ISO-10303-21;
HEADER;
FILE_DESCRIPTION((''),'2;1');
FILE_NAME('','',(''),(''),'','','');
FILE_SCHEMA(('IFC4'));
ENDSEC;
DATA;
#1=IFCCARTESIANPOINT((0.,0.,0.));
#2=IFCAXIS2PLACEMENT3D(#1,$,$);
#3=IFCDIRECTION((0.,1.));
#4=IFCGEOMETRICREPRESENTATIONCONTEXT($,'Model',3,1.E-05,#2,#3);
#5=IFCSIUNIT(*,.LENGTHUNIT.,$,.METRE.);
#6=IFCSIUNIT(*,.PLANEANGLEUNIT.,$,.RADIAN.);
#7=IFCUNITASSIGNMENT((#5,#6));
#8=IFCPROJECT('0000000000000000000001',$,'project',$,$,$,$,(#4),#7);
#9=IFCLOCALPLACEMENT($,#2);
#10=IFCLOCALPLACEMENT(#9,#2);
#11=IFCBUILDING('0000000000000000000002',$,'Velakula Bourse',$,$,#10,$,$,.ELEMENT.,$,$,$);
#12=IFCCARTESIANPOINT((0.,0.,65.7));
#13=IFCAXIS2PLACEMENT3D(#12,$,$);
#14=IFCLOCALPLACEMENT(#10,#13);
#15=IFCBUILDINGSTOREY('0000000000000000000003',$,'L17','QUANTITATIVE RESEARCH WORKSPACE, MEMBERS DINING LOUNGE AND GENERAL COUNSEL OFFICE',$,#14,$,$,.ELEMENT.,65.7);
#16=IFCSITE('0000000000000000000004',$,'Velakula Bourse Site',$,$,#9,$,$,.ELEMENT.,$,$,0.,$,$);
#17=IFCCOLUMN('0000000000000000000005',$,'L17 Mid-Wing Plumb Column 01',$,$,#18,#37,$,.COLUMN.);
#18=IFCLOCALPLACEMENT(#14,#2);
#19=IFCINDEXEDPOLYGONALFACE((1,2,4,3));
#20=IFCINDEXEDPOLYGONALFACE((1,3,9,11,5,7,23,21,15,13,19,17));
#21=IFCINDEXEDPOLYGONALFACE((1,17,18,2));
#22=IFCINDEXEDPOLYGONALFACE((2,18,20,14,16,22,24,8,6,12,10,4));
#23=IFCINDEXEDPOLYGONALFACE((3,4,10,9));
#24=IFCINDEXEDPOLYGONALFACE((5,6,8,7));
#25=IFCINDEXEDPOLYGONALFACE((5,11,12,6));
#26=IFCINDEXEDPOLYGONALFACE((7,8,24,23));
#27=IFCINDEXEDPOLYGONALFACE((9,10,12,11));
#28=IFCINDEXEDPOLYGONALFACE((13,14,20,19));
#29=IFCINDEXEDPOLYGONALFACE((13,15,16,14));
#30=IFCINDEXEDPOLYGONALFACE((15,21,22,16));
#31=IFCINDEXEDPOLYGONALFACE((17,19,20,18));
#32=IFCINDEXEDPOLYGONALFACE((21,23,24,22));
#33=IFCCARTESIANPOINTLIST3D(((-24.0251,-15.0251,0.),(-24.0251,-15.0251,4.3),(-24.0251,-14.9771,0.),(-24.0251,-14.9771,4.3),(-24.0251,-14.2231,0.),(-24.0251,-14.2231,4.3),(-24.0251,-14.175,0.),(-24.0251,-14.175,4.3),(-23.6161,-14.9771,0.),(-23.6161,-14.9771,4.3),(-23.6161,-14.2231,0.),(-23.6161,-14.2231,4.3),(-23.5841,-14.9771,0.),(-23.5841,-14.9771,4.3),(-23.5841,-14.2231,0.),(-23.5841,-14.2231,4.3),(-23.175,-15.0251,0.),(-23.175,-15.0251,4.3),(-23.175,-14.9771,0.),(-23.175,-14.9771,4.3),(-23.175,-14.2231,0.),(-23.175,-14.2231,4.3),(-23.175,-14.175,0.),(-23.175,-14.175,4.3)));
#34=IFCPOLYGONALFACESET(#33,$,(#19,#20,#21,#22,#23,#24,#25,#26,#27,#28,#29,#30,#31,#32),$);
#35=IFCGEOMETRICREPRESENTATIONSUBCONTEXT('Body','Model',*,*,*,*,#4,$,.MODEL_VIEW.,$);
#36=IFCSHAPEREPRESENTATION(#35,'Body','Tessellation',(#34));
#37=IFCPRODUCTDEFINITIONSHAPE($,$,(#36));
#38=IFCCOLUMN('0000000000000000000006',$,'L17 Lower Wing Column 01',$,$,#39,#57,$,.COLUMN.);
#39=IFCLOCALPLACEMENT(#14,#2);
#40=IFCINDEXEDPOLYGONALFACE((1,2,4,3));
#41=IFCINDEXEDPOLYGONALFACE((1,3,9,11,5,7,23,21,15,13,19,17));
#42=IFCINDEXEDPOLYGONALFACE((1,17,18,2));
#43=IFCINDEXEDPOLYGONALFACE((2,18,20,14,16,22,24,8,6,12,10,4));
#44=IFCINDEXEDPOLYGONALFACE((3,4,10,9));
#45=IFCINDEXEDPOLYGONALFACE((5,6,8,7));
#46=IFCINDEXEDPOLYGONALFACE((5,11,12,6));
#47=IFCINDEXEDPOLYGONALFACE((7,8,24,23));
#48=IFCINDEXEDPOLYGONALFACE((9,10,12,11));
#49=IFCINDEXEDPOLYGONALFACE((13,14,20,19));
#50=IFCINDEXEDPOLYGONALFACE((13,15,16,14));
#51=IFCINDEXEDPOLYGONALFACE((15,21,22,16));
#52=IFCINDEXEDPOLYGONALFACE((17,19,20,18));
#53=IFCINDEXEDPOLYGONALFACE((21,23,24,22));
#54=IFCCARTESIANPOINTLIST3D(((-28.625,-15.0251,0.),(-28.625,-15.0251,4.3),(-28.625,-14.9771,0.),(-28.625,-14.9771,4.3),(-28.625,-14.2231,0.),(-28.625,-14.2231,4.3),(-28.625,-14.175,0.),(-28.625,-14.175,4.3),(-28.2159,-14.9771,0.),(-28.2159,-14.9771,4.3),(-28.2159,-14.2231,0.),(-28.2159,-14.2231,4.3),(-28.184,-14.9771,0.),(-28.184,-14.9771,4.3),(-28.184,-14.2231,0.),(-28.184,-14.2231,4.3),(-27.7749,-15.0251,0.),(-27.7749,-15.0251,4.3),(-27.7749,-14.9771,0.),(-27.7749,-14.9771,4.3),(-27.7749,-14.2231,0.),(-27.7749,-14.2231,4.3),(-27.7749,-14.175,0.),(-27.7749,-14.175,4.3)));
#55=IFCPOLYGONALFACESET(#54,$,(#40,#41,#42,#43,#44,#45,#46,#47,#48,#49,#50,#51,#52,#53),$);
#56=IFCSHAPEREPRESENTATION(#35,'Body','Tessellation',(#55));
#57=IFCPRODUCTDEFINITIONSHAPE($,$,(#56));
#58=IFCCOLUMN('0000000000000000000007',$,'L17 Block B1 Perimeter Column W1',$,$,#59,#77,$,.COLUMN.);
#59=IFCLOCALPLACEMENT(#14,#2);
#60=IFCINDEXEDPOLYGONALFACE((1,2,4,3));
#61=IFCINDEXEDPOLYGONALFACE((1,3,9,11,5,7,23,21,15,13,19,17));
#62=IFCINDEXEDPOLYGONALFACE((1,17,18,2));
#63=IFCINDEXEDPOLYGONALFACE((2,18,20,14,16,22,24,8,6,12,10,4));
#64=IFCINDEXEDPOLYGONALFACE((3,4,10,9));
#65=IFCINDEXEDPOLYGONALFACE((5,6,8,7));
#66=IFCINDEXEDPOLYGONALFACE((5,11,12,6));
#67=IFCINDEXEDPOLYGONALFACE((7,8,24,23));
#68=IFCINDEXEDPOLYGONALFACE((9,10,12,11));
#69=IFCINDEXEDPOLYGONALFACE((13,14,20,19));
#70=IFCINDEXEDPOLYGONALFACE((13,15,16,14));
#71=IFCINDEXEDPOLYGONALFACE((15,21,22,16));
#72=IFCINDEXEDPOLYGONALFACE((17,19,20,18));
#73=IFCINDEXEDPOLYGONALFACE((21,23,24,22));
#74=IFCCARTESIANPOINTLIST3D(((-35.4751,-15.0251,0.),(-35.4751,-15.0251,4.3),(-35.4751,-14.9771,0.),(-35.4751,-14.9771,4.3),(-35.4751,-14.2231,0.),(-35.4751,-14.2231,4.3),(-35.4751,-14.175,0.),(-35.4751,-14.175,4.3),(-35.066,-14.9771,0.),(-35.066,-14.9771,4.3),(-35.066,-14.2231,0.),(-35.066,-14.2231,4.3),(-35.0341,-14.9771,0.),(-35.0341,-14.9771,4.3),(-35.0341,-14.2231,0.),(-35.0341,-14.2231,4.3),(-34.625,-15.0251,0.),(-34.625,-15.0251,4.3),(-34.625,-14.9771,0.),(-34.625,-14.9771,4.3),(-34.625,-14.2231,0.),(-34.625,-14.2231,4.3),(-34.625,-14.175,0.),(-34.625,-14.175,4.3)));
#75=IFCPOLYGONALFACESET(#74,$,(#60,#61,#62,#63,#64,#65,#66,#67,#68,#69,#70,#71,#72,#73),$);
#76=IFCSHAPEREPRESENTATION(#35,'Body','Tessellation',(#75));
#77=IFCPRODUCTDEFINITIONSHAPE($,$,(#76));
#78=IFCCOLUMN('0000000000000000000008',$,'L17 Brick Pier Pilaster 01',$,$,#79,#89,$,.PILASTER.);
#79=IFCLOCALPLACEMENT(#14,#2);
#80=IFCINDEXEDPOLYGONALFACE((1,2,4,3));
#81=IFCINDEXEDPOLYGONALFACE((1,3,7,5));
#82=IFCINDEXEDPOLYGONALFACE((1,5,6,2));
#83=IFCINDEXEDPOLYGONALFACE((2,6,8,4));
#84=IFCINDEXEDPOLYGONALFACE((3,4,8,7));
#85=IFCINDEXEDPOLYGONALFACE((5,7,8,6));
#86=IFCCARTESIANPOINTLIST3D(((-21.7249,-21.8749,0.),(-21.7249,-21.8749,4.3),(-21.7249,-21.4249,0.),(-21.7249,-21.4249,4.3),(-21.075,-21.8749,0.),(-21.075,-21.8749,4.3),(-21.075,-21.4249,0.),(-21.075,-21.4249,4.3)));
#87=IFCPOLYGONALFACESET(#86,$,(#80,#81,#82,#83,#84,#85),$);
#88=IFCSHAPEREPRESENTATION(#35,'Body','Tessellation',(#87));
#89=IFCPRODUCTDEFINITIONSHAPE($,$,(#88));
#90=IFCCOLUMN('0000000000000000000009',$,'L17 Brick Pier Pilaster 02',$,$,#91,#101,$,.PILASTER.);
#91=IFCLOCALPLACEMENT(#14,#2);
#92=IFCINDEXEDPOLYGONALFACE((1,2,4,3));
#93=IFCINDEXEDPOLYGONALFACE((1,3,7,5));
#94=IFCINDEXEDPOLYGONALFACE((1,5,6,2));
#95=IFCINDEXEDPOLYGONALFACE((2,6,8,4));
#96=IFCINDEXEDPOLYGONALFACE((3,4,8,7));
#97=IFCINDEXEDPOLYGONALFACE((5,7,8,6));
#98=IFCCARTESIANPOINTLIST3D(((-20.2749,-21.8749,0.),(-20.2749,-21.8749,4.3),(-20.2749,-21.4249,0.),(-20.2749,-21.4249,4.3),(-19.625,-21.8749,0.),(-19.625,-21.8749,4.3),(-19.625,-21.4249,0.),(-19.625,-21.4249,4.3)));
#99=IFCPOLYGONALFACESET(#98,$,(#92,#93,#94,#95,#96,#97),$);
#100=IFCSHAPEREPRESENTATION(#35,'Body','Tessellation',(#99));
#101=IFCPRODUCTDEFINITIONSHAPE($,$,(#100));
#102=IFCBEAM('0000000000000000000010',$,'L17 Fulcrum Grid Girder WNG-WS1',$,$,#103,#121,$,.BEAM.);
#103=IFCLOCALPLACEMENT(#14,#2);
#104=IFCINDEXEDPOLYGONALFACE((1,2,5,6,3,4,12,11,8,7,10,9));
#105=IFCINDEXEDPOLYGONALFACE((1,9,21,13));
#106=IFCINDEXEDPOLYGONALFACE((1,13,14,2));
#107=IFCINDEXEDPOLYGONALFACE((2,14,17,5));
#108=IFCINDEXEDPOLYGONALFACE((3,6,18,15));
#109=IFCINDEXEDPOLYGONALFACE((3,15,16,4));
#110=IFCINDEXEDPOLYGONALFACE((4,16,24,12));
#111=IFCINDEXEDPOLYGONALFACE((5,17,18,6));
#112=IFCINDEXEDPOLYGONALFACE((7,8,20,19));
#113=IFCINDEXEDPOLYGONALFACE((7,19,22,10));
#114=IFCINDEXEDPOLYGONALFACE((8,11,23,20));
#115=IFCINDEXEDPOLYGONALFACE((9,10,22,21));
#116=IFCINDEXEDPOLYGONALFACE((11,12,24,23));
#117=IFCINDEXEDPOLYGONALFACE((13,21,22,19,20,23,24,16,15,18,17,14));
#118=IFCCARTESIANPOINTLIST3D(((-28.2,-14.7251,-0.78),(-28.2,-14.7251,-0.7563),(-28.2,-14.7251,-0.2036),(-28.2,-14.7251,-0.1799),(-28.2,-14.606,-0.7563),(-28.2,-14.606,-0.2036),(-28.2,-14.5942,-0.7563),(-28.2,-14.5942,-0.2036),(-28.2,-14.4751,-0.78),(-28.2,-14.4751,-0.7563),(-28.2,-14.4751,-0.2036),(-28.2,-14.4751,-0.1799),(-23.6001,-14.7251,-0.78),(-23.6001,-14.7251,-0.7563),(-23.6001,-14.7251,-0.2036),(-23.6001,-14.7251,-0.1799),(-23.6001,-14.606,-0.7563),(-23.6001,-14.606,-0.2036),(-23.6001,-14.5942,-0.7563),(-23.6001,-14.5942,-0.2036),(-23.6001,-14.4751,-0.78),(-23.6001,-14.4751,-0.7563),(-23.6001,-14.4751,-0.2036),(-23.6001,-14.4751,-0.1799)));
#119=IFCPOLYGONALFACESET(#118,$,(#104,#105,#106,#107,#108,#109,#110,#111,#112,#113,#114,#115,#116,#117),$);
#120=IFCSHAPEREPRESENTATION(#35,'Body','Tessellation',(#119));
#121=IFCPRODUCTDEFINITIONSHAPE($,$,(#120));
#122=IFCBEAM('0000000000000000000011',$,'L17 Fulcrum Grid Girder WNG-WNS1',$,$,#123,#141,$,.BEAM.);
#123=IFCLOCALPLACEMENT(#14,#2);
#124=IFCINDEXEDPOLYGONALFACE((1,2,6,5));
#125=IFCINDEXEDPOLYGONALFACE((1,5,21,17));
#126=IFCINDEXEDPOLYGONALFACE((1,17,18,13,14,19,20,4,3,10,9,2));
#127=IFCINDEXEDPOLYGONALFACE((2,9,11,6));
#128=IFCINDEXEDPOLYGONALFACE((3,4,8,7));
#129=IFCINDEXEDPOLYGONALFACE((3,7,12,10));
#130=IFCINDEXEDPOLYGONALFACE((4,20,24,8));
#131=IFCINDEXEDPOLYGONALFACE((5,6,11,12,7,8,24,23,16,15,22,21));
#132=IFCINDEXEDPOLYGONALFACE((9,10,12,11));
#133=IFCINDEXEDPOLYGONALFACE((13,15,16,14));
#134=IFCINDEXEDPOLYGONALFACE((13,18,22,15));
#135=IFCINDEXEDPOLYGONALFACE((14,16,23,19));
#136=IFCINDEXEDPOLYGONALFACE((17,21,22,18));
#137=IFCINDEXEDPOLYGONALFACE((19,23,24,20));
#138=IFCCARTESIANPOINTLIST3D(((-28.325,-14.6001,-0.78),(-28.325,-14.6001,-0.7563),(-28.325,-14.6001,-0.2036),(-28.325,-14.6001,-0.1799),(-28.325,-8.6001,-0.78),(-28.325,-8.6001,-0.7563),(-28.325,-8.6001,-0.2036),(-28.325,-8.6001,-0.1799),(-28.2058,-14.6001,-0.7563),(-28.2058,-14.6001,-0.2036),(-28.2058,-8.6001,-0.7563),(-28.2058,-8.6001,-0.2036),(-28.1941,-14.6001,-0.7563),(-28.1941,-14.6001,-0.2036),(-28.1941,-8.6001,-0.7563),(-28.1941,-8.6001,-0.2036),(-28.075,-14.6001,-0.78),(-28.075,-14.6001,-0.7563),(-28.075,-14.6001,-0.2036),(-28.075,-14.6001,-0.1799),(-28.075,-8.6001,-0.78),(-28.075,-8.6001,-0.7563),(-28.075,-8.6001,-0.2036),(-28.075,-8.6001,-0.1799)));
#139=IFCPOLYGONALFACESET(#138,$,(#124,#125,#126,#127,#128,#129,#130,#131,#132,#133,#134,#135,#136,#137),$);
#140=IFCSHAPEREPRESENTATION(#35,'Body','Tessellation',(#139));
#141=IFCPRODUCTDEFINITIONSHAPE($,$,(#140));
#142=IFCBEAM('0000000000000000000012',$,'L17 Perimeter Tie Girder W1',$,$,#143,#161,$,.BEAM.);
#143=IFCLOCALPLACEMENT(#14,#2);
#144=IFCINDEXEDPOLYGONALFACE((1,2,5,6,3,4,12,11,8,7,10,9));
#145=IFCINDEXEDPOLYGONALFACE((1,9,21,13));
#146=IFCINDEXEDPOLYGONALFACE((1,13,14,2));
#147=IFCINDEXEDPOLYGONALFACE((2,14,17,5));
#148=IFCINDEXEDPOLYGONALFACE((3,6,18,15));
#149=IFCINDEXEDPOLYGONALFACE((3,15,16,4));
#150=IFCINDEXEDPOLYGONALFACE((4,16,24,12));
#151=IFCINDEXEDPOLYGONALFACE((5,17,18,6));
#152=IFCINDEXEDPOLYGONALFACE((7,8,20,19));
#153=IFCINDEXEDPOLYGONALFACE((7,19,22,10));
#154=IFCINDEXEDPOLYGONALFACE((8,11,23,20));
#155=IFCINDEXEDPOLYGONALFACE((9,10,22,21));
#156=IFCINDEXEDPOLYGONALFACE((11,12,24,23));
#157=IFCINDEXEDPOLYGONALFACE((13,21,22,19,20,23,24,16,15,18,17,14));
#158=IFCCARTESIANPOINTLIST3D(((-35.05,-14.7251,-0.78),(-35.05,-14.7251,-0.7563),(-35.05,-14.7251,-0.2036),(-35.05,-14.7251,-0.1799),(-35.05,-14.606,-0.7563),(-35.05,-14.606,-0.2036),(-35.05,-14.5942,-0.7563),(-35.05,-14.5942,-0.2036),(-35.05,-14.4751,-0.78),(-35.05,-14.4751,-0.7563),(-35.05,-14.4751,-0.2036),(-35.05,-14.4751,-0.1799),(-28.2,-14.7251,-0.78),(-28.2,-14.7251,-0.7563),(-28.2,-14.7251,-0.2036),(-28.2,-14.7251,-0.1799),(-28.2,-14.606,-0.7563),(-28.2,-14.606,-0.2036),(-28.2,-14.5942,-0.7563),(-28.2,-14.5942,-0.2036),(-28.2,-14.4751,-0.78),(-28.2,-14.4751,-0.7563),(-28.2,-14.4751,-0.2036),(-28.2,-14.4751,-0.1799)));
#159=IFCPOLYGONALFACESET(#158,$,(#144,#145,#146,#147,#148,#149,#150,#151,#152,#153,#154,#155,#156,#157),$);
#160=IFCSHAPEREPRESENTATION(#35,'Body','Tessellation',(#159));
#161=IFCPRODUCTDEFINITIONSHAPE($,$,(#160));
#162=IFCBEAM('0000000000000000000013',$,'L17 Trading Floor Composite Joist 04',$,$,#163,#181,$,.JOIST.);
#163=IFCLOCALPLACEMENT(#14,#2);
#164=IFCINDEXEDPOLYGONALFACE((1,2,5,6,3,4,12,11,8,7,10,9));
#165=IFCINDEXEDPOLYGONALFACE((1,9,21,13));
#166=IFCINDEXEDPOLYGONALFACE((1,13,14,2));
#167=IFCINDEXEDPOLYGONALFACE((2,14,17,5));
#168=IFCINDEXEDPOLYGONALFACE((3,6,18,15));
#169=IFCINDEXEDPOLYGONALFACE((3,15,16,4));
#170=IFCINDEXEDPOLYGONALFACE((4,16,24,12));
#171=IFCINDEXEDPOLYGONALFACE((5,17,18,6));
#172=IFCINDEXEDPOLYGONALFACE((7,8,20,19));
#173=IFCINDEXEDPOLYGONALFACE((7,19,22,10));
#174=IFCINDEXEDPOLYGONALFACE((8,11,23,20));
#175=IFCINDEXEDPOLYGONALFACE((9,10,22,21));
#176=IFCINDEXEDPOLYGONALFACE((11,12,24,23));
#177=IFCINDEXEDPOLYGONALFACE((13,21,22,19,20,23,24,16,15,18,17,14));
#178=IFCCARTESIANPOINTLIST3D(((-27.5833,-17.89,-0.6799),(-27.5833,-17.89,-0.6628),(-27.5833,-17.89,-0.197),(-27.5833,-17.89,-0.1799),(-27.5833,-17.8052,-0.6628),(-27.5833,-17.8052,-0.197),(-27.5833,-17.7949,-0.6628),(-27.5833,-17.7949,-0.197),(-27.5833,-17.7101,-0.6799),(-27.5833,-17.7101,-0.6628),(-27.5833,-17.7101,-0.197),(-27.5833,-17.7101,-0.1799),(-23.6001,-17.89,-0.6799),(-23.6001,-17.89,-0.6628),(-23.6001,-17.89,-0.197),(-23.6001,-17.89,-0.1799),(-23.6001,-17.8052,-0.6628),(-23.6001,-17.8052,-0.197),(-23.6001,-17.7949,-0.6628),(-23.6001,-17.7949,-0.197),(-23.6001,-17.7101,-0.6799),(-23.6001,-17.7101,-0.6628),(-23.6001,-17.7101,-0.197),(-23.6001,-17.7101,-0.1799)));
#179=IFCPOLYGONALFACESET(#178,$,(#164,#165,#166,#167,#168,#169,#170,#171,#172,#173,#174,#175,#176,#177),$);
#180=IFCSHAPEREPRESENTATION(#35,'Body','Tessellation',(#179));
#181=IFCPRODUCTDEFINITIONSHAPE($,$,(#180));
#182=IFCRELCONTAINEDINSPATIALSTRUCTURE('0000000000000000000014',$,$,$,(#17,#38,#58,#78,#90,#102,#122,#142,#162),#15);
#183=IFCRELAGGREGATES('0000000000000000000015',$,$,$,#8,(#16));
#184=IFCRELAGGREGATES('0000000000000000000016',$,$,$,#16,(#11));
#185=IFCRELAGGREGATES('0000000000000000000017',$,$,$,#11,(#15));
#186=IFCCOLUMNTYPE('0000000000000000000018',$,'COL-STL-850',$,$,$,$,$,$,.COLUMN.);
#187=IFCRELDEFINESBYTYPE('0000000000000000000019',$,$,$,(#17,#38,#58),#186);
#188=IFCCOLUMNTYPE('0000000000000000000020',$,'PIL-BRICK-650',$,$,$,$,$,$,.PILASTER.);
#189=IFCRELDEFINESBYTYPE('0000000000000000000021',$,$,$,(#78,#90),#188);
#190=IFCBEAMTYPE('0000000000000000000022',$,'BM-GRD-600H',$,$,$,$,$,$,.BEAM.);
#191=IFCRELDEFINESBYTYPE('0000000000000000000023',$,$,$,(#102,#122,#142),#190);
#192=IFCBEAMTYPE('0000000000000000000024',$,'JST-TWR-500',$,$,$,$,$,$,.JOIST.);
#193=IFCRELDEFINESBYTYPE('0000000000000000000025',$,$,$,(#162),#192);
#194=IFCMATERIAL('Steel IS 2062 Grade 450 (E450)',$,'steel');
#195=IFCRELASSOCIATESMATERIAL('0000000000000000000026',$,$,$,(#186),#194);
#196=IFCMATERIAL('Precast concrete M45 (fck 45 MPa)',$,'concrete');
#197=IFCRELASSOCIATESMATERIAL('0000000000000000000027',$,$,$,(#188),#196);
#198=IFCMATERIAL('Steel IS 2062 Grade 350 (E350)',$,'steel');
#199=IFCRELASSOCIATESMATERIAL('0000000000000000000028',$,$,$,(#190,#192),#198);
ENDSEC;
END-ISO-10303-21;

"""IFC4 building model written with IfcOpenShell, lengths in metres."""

from ifc_helpers import new_model, si_unit, direction, frame, origin, origin_2d, place, context, subcontext, project, spatial, rectangle, i_section, extrude, material, material_profile, profile_set, type_object, element, save


model = new_model("IFC4")

# Units and contexts
model_context = context("Model", 3, precision=1e-05, world=origin(), true_north=direction((0.0, 1.0)))
body_context = subcontext(model_context, "Body", "Model", "MODEL_VIEW")
ifc_project = project(units=[si_unit("LENGTHUNIT", "METRE"), si_unit("PLANEANGLEUNIT", "RADIAN")], contexts=[model_context])

# Site, building, storey
site_placement = place(None, origin())
site = spatial("IfcSite", under=ifc_project, at=site_placement, Name="Velakula Bourse Site", CompositionType="ELEMENT", RefElevation=0.0)
building_placement = place(site_placement, origin())
building = spatial("IfcBuilding", under=site, at=building_placement, Name="Velakula Bourse", CompositionType="ELEMENT")
storey_placement = place(building_placement, frame((0.0, 0.0, 65.7)))
storey = spatial("IfcBuildingStorey", under=building, at=storey_placement, Name="L17", Description="QUANTITATIVE RESEARCH WORKSPACE, MEMBERS DINING LOUNGE AND GENERAL COUNSEL OFFICE", CompositionType="ELEMENT", Elevation=65.7)

# Columns
ifc_material_1 = material(Name="Steel IS 2062 Grade 450 (E450)", Category="steel")
ifc_material_profile_1 = material_profile(ifc_material_1, i_section(OverallWidth=0.8501, OverallDepth=0.8501, WebThickness=0.032, FlangeThickness=0.0481, at=origin_2d()), Name="Steel IS 2062 Grade 450 (E450)")
ifc_profile_set_1 = profile_set([ifc_material_profile_1], Name="Steel IS 2062 Grade 450 (E450)")
column_type_1 = type_object("IfcColumnType", Name="COL-STL-850", PredefinedType="COLUMN", material=ifc_profile_set_1)
for number, where, z_axis, x_axis, name in (
    (1, (-23.6001, -14.6001, 0.0), (0.0, 0.0, 1.0), (1.0, 0.0, 0.0), "L17 Mid-Wing Plumb Column 01"),
    (2, (-28.2, -14.6001, 0.0), (0.0, 0.0, 1.0), (1.0, 0.0, 0.0), "L17 Lower Wing Column 01"),
    (3, (-35.05, -14.6001, 0.0), (0.0, 0.0, 1.0), (1.0, 0.0, 0.0), "L17 Block B1 Perimeter Column W1"),
):
    element("IfcColumn", number, at=place(storey_placement, frame(where, z_axis=z_axis, x_axis=x_axis)), inside=storey, type_object=column_type_1, Name=name, PredefinedType="COLUMN", context=body_context, shape_type="SweptSolid", body=[
        extrude(i_section(OverallWidth=0.8501, OverallDepth=0.8501, WebThickness=0.032, FlangeThickness=0.0481, at=origin_2d()), origin(), (0.0, 0.0, 1.0), 4.3),
    ])
ifc_material_2 = material(Name="Precast concrete M45 (fck 45 MPa)", Category="concrete")
ifc_material_profile_2 = material_profile(ifc_material_2, rectangle(XDim=0.6499, YDim=0.45, at=origin_2d()), Name="Precast concrete M45 (fck 45 MPa)")
ifc_profile_set_2 = profile_set([ifc_material_profile_2], Name="Precast concrete M45 (fck 45 MPa)")
column_type_2 = type_object("IfcColumnType", Name="PIL-BRICK-650", PredefinedType="PILASTER", material=ifc_profile_set_2)
for number, where, z_axis, x_axis, name in (
    (4, (-21.3999, -21.6499, 0.0), (0.0, 0.0, 1.0), (1.0, 0.0, 0.0), "L17 Brick Pier Pilaster 01"),
    (5, (-19.95, -21.6499, 0.0), (0.0, 0.0, 1.0), (1.0, 0.0, 0.0), "L17 Brick Pier Pilaster 02"),
):
    element("IfcColumn", number, at=place(storey_placement, frame(where, z_axis=z_axis, x_axis=x_axis)), inside=storey, type_object=column_type_2, Name=name, PredefinedType="PILASTER", context=body_context, shape_type="SweptSolid", body=[
        extrude(rectangle(XDim=0.6499, YDim=0.45, at=origin_2d()), origin(), (0.0, 0.0, 1.0), 4.3),
    ])

# Beams
ifc_material_3 = material(Name="Steel IS 2062 Grade 350 (E350)", Category="steel")
ifc_material_profile_3 = material_profile(ifc_material_3, i_section(OverallWidth=0.25, OverallDepth=0.6001, WebThickness=0.0117, FlangeThickness=0.0237, at=origin_2d()), Name="Steel IS 2062 Grade 350 (E350)")
ifc_profile_set_3 = profile_set([ifc_material_profile_3], Name="Steel IS 2062 Grade 350 (E350)")
beam_type_1 = type_object("IfcBeamType", Name="BM-GRD-600H", PredefinedType="BEAM", material=ifc_profile_set_3)
beam_1_placement = place(storey_placement, frame((-28.2, -14.6001, -0.48), z_axis=(1.0, 0.0, 0.0), x_axis=(0.0, 1.0, 0.0)))
element("IfcBeam", 6, at=beam_1_placement, inside=storey, type_object=beam_type_1, Name="L17 Fulcrum Grid Girder WNG-WS1", PredefinedType="BEAM", context=body_context, shape_type="SweptSolid", body=[
    extrude(i_section(OverallWidth=0.25, OverallDepth=0.6001, WebThickness=0.0117, FlangeThickness=0.0237, at=origin_2d()), origin(), (0.0, 0.0, 1.0), 4.5999),
])
beam_2_placement = place(storey_placement, frame((-28.2, -14.6001, -0.48), z_axis=(0.0, 1.0, 0.0), x_axis=(-1.0, 0.0, 0.0)))
element("IfcBeam", 7, at=beam_2_placement, inside=storey, type_object=beam_type_1, Name="L17 Fulcrum Grid Girder WNG-WNS1", PredefinedType="BEAM", context=body_context, shape_type="SweptSolid", body=[
    extrude(i_section(OverallWidth=0.25, OverallDepth=0.6001, WebThickness=0.0117, FlangeThickness=0.0237, at=origin_2d()), origin(), (0.0, 0.0, 1.0), 6.0),
])
beam_3_placement = place(storey_placement, frame((-28.2, -14.6001, -0.48), z_axis=(-1.0, 0.0, 0.0), x_axis=(0.0, -1.0, 0.0)))
element("IfcBeam", 8, at=beam_3_placement, inside=storey, type_object=beam_type_1, Name="L17 Perimeter Tie Girder W1", PredefinedType="BEAM", context=body_context, shape_type="SweptSolid", body=[
    extrude(i_section(OverallWidth=0.25, OverallDepth=0.6001, WebThickness=0.0117, FlangeThickness=0.0237, at=origin_2d()), origin(), (0.0, 0.0, 1.0), 6.8501),
])
ifc_material_profile_4 = material_profile(ifc_material_3, i_section(OverallWidth=0.1799, OverallDepth=0.5, WebThickness=0.0103, FlangeThickness=0.0171, at=origin_2d()), Name="Steel IS 2062 Grade 350 (E350)")
ifc_profile_set_4 = profile_set([ifc_material_profile_4], Name="Steel IS 2062 Grade 350 (E350)")
beam_type_2 = type_object("IfcBeamType", Name="JST-TWR-500", PredefinedType="JOIST", material=ifc_profile_set_4)
beam_4_placement = place(storey_placement, frame((-27.5833, -17.8, -0.4299), z_axis=(1.0, 0.0, 0.0), x_axis=(0.0, 1.0, 0.0)))
element("IfcBeam", 9, at=beam_4_placement, inside=storey, type_object=beam_type_2, Name="L17 Trading Floor Composite Joist 04", PredefinedType="JOIST", context=body_context, shape_type="SweptSolid", body=[
    extrude(i_section(OverallWidth=0.1799, OverallDepth=0.5, WebThickness=0.0103, FlangeThickness=0.0171, at=origin_2d()), origin(), (0.0, 0.0, 1.0), 3.9832),
])

save(model, "model.ifc")
